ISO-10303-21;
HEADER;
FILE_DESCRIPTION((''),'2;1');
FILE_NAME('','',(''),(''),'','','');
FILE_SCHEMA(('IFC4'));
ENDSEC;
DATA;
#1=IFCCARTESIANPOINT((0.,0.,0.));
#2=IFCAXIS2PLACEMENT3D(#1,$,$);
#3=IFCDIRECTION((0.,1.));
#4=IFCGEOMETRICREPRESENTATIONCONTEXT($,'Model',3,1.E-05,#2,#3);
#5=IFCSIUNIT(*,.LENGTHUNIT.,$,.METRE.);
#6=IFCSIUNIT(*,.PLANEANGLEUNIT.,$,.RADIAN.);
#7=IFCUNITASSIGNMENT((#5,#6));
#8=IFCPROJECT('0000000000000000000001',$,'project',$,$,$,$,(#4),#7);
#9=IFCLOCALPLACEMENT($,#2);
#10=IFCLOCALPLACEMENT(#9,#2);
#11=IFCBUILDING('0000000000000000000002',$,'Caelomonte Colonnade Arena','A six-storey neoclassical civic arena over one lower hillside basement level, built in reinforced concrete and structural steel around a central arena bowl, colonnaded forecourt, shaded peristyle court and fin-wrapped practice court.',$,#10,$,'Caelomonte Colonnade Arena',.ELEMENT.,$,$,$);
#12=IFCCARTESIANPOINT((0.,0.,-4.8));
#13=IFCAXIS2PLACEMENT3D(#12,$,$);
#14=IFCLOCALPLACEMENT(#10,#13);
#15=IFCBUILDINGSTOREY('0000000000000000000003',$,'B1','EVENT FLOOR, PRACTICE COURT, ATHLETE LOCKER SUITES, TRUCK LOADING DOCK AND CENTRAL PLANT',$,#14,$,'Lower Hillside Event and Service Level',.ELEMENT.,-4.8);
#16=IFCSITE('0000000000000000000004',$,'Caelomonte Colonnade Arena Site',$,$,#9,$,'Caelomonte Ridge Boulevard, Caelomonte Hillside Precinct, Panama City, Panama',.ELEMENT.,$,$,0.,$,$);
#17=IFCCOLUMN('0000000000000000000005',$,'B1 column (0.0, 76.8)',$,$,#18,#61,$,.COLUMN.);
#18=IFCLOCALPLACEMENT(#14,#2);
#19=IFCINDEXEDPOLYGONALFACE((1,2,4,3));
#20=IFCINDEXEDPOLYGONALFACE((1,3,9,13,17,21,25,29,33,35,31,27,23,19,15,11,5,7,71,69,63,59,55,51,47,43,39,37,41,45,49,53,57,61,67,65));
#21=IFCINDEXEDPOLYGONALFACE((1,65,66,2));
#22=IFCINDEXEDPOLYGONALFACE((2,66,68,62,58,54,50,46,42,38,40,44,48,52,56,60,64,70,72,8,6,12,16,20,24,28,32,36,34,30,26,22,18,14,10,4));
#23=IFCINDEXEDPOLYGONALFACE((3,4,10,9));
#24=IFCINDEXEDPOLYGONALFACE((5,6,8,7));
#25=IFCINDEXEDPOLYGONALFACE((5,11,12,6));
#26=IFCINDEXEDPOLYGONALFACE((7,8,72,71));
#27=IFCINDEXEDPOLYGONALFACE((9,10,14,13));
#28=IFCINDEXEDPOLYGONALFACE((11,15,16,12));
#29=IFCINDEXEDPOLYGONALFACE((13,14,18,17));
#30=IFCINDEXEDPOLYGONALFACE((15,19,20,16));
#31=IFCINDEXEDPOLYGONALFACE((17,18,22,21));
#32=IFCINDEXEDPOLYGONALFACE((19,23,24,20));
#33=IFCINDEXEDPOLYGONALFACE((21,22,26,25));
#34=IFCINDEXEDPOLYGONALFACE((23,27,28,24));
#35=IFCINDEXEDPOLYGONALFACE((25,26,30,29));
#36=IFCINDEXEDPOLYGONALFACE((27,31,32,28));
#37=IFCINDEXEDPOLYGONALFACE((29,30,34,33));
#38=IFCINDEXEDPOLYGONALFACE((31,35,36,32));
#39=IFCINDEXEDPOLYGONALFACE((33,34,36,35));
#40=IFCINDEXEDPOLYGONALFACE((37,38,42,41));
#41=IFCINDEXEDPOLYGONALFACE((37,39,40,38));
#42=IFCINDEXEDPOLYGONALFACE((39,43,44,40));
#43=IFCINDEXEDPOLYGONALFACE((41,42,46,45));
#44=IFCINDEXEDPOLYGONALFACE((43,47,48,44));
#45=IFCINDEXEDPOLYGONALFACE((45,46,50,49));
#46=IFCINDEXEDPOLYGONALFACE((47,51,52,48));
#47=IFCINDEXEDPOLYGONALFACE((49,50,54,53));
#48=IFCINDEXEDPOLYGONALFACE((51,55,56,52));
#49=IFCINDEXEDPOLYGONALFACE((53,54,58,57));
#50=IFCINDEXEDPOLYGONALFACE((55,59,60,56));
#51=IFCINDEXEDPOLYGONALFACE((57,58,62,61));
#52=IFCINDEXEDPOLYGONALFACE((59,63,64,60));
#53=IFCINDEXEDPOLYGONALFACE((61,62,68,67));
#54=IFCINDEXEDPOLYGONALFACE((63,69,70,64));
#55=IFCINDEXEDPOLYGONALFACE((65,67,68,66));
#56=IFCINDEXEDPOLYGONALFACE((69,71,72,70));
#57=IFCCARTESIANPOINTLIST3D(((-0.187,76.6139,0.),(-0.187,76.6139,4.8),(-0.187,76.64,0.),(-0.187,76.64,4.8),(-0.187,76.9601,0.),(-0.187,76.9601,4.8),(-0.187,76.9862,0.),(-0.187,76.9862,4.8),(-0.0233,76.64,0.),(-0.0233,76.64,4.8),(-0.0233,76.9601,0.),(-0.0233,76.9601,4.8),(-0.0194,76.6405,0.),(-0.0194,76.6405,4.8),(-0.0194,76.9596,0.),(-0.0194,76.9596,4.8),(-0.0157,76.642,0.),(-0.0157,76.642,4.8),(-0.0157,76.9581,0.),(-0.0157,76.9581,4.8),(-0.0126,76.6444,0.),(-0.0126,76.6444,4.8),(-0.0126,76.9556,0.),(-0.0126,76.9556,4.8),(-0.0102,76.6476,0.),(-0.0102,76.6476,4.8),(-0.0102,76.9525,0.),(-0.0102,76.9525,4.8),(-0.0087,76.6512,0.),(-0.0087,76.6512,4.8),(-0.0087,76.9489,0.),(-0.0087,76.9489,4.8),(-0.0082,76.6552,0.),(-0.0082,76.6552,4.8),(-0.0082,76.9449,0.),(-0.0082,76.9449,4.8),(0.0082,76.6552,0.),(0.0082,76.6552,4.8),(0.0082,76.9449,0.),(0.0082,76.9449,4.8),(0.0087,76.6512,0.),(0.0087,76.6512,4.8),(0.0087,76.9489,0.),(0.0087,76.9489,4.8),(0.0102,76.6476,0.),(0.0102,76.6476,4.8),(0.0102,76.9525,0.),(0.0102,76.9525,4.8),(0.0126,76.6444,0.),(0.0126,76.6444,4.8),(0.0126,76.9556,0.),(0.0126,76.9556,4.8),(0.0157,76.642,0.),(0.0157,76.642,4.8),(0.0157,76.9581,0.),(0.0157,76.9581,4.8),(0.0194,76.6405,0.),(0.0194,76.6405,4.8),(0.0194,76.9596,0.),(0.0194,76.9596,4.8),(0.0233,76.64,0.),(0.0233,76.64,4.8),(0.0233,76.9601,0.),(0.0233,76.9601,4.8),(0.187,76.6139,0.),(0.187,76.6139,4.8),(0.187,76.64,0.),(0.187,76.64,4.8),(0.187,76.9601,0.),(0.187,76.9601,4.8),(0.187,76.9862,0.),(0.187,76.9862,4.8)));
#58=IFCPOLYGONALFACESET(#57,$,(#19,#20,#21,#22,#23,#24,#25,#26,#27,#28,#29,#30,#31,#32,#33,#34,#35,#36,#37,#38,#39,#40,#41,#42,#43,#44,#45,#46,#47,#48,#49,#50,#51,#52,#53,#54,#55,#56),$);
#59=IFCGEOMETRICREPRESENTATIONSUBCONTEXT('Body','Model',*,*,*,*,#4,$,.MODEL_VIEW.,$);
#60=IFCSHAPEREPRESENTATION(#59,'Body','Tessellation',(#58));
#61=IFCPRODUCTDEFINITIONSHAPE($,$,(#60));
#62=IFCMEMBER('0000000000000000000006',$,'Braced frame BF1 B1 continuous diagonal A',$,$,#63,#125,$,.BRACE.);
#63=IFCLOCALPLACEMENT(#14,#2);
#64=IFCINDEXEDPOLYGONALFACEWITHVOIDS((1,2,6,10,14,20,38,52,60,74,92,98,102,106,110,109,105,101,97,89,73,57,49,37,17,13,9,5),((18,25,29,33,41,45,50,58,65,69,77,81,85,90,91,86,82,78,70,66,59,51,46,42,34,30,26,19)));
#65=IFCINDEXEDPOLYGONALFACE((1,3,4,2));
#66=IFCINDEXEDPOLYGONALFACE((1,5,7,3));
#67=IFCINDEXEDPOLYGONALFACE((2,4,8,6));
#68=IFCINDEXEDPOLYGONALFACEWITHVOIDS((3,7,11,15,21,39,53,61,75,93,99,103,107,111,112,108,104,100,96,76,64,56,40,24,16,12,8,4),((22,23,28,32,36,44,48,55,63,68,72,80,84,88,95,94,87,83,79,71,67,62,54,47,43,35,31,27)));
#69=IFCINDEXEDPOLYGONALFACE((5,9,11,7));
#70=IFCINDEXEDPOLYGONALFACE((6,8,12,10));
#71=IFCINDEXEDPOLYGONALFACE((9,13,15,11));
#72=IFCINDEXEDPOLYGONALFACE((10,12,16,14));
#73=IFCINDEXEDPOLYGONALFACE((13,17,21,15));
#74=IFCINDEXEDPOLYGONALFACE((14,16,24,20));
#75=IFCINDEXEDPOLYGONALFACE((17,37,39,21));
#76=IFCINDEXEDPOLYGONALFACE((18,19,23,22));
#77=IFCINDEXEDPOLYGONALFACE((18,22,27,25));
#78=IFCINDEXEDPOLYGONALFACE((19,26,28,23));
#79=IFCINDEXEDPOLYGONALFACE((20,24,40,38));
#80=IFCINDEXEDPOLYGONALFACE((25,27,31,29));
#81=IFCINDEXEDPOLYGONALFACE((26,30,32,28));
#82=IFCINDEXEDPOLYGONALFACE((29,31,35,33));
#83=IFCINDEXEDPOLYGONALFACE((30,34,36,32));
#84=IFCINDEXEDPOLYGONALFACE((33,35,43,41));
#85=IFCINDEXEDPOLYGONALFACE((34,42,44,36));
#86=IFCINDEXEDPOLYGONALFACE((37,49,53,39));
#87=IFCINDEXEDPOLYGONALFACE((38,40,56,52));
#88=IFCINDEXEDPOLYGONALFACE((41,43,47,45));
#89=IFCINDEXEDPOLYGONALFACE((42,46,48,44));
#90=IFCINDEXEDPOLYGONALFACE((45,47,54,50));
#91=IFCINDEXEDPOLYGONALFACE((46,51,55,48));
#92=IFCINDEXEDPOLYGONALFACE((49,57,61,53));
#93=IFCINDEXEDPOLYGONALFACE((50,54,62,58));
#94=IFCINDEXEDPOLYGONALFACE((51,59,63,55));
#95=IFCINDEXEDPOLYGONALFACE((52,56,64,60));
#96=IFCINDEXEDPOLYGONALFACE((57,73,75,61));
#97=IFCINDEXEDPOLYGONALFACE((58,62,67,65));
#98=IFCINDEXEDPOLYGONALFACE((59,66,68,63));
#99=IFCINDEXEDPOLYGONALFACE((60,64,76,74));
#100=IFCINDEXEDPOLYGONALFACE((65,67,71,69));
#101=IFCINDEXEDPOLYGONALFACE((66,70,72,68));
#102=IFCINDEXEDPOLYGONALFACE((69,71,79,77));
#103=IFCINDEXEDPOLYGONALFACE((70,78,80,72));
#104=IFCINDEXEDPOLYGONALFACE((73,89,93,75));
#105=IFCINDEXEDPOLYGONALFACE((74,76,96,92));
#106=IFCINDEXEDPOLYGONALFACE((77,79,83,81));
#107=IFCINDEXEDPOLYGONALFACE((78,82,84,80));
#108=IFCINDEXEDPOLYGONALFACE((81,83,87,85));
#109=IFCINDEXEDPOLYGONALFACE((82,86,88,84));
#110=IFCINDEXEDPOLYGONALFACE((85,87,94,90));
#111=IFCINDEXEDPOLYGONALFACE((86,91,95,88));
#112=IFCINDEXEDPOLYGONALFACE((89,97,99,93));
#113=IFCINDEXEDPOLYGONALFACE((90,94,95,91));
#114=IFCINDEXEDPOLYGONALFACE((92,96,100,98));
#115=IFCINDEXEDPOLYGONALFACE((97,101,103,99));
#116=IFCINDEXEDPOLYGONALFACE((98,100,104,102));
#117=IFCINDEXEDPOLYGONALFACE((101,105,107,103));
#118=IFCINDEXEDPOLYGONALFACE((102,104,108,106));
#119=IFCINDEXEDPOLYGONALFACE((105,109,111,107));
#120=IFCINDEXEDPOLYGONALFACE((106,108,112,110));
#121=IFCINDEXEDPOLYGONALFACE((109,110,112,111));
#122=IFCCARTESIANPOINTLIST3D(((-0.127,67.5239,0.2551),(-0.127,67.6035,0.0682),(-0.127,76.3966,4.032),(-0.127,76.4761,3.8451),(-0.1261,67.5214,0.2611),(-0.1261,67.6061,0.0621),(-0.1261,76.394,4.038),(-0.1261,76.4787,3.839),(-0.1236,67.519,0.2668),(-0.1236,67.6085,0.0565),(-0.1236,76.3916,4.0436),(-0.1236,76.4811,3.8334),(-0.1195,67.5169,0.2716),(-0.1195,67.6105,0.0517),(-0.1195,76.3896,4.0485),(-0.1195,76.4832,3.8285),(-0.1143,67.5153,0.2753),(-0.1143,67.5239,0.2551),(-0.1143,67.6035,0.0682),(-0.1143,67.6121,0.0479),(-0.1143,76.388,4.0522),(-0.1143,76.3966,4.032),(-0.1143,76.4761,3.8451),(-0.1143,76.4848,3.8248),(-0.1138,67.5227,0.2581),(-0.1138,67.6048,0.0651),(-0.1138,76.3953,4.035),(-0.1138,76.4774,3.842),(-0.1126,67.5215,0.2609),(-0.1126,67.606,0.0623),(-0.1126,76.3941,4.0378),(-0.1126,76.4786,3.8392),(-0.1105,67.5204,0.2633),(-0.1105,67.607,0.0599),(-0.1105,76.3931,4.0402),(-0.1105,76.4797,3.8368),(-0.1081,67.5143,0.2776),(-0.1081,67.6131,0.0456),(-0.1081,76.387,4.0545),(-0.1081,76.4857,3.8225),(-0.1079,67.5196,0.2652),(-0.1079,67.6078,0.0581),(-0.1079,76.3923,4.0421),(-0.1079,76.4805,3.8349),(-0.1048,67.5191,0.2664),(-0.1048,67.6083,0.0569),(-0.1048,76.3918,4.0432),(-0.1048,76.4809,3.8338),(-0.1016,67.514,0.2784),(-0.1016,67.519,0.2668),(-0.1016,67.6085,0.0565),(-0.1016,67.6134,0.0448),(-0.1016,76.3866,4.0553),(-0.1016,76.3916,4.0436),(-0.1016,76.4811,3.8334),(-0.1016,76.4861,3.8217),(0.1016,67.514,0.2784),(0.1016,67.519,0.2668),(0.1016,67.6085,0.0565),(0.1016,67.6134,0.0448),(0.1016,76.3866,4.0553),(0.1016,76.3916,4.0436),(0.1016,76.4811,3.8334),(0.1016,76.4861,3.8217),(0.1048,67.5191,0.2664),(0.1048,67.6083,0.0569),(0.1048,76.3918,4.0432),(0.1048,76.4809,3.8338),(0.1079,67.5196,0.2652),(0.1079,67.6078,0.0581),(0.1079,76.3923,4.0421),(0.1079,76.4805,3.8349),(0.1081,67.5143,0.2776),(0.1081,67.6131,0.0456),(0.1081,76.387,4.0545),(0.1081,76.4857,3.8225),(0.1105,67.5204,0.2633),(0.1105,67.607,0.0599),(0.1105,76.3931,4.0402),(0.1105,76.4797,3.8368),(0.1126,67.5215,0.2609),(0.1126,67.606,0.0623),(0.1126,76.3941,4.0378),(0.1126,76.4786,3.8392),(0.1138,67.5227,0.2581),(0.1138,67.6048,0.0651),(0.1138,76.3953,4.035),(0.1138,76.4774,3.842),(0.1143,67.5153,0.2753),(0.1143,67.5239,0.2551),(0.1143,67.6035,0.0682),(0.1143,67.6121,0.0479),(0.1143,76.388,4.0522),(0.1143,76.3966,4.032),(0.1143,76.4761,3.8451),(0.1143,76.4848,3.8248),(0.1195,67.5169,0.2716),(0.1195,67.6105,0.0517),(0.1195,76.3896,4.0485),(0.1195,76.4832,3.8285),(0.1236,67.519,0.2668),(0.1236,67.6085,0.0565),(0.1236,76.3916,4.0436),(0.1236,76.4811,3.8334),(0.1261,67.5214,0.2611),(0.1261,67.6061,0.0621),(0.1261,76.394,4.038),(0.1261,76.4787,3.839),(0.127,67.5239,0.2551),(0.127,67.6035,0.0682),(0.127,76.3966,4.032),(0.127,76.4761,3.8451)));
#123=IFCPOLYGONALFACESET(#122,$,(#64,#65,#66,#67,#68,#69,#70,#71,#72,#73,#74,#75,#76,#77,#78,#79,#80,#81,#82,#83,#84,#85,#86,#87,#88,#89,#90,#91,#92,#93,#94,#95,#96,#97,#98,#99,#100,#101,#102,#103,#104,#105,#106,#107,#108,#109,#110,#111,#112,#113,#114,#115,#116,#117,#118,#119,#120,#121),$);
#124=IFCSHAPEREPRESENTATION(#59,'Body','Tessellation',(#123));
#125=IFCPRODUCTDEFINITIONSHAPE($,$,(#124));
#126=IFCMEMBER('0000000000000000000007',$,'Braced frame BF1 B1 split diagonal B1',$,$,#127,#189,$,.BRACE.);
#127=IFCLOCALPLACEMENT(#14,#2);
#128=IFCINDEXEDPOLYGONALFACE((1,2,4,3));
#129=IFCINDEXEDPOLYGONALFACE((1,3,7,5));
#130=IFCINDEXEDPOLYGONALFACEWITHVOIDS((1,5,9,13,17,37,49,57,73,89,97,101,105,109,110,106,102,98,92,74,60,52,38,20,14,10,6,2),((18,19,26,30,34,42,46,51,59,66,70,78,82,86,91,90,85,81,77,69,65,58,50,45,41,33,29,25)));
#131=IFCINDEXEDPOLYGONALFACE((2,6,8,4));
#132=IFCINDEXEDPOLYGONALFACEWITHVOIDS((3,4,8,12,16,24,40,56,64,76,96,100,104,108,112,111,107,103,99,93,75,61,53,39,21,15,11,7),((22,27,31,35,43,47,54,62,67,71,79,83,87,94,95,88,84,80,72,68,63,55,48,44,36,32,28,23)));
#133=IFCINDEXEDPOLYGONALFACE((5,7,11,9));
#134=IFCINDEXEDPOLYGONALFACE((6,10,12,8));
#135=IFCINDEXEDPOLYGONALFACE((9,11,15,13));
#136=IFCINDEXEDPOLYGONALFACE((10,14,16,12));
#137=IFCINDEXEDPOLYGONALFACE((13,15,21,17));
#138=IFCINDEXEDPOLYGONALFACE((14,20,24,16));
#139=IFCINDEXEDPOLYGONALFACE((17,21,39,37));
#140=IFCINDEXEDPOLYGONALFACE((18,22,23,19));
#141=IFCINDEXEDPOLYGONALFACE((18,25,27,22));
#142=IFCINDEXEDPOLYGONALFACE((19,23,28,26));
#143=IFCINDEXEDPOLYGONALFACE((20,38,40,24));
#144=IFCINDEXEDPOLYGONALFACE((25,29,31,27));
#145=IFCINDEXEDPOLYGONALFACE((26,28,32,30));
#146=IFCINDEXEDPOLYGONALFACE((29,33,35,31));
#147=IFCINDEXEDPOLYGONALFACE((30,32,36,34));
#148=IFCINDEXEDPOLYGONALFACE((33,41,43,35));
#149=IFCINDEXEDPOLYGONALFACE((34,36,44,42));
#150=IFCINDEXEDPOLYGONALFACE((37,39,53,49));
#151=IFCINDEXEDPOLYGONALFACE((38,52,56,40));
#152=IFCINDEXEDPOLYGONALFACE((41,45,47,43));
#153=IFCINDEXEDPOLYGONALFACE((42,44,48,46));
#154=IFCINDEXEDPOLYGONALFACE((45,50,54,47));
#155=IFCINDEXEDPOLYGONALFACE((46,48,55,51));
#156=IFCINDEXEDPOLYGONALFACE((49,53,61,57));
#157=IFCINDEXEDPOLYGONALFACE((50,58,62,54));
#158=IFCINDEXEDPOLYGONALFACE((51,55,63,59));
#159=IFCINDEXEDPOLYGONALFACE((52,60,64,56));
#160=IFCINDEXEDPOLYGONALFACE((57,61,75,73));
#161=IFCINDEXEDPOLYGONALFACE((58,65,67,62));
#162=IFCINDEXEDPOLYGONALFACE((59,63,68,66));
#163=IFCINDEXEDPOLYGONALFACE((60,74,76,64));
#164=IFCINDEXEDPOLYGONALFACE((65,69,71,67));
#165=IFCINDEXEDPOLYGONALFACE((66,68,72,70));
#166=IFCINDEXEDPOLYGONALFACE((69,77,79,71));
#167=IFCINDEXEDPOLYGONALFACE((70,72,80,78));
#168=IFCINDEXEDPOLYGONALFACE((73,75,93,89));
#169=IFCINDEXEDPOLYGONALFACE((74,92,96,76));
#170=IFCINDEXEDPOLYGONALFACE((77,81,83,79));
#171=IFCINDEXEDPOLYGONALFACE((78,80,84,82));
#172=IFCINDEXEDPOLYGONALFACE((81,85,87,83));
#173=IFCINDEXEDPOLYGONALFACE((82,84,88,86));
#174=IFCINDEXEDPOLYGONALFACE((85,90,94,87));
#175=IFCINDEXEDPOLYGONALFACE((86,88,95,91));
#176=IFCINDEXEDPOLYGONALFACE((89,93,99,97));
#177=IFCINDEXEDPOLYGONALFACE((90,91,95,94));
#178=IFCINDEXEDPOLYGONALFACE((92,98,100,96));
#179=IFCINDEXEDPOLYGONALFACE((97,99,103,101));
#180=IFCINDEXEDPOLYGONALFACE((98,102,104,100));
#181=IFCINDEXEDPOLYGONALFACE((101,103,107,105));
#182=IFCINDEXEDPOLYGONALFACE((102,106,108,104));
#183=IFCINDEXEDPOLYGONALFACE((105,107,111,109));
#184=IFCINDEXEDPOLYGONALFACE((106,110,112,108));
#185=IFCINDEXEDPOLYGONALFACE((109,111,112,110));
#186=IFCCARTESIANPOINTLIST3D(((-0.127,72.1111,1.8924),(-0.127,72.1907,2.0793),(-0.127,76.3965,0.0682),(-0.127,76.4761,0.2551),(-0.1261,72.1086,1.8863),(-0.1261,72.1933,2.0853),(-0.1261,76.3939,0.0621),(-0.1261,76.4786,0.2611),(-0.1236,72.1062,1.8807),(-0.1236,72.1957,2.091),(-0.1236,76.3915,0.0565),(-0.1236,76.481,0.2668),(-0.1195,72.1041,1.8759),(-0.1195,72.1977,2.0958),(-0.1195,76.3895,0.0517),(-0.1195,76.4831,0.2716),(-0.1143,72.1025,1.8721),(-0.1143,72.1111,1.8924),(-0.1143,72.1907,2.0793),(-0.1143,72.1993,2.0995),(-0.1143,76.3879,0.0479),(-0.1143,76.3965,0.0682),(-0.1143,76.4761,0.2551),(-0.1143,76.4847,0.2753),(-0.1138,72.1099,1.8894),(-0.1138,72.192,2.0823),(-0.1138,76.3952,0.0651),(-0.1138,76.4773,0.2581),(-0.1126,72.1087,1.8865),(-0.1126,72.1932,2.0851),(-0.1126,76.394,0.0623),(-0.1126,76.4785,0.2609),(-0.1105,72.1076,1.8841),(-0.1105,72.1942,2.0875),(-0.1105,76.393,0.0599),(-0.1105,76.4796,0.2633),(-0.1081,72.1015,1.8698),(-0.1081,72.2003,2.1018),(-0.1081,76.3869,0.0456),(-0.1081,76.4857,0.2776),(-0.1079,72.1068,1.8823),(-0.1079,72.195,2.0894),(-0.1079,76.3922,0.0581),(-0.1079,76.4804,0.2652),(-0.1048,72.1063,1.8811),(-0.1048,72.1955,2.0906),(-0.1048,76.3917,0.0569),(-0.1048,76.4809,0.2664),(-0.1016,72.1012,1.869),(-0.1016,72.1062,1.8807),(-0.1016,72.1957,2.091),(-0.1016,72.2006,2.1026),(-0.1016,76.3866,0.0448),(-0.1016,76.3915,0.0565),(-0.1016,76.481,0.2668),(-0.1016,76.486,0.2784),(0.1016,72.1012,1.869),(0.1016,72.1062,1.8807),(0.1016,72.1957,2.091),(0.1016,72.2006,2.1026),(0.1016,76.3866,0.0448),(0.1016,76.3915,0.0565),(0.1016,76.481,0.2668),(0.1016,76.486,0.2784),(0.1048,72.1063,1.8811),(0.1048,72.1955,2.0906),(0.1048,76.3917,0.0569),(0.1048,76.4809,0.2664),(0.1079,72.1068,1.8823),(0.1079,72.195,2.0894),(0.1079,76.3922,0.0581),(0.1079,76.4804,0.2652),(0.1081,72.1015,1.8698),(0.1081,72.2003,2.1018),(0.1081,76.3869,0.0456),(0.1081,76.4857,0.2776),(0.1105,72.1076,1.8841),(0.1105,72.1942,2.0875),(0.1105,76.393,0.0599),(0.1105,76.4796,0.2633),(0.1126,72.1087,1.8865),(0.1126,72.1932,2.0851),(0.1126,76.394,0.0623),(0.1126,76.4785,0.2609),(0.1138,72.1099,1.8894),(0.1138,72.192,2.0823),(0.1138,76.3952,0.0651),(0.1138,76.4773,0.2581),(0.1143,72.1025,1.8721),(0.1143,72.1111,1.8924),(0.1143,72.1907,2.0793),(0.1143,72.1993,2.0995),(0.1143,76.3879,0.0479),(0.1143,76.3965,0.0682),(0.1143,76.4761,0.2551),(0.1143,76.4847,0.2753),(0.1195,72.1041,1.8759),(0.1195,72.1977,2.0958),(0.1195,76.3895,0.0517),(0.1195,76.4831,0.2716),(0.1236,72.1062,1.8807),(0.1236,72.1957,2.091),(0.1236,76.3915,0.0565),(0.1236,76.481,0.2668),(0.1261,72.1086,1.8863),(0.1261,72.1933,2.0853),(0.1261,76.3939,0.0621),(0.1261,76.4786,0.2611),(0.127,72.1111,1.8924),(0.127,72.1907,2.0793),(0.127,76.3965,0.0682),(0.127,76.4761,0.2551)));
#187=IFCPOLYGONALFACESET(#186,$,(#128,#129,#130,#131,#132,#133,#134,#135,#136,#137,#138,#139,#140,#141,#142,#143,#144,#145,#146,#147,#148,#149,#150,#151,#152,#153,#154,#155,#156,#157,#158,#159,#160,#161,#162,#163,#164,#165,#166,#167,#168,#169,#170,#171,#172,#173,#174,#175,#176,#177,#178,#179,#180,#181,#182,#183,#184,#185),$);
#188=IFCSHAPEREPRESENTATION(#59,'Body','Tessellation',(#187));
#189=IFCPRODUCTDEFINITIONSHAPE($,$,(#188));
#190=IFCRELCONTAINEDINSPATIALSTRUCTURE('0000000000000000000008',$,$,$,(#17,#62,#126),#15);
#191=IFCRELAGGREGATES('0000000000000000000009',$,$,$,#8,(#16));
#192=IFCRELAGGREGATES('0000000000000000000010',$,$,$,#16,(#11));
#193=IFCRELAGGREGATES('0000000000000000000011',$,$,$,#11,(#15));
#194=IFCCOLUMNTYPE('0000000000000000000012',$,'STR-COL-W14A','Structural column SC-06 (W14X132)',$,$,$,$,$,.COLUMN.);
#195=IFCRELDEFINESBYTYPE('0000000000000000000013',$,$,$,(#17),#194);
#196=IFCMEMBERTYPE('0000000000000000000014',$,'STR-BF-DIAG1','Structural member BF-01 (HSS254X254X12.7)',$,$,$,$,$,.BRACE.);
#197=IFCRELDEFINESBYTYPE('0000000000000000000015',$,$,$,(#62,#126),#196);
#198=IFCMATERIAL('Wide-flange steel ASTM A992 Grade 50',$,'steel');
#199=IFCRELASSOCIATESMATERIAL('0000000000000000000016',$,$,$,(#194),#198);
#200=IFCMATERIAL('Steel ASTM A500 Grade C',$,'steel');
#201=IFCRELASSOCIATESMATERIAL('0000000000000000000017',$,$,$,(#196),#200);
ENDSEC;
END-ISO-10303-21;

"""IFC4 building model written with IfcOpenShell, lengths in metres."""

from ifc_helpers import new_model, si_unit, direction, frame, origin, origin_2d, place, context, subcontext, project, spatial, hollow_rectangle, i_section, extrude, material, material_profile, profile_set, type_object, element, save


model = new_model("IFC4")

# Units and contexts
model_context = context("Model", 3, precision=1e-05, world=origin(), true_north=direction((0.0, 1.0)))
body_context = subcontext(model_context, "Body", "Model", "MODEL_VIEW")
ifc_project = project(units=[si_unit("LENGTHUNIT", "METRE"), si_unit("PLANEANGLEUNIT", "RADIAN")], contexts=[model_context])

# Site, building, storey
site_placement = place(None, origin())
site = spatial("IfcSite", under=ifc_project, at=site_placement, Name="Caelomonte Colonnade Arena Site", LongName="Caelomonte Ridge Boulevard, Caelomonte Hillside Precinct, Panama City, Panama", CompositionType="ELEMENT", RefElevation=0.0)
building_placement = place(site_placement, origin())
building = spatial("IfcBuilding", under=site, at=building_placement, Name="Caelomonte Colonnade Arena", Description="A six-storey neoclassical civic arena over one lower hillside basement level, built in reinforced concrete and structural steel around a central arena bowl, colonnaded forecourt, shaded peristyle court and fin-wrapped practice court.", LongName="Caelomonte Colonnade Arena", CompositionType="ELEMENT")
storey_placement = place(building_placement, frame((0.0, 0.0, -4.8)))
storey = spatial("IfcBuildingStorey", under=building, at=storey_placement, Name="B1", Description="EVENT FLOOR, PRACTICE COURT, ATHLETE LOCKER SUITES, TRUCK LOADING DOCK AND CENTRAL PLANT", LongName="Lower Hillside Event and Service Level", CompositionType="ELEMENT", Elevation=-4.8)

# Column
ifc_material_1 = material(Name="Wide-flange steel ASTM A992 Grade 50", Category="steel")
ifc_material_profile_1 = material_profile(ifc_material_1, i_section(OverallWidth=0.374, OverallDepth=0.3723, WebThickness=0.0164, FlangeThickness=0.0261, FilletRadius=0.0151, at=origin_2d()), Name="W14X132")
ifc_profile_set_1 = profile_set([ifc_material_profile_1], Name="Wide-flange steel ASTM A992 Grade 50")
column_type_1 = type_object("IfcColumnType", Name="STR-COL-W14A", Description="Structural column SC-06 (W14X132)", PredefinedType="COLUMN", material=ifc_profile_set_1)
column_1_placement = place(storey_placement, frame((0.0, 76.8, 0.0), z_axis=(0.0, 0.0, 1.0), x_axis=(1.0, 0.0, 0.0)))
element("IfcColumn", 1, at=column_1_placement, inside=storey, type_object=column_type_1, Name="B1 column (0.0, 76.8)", PredefinedType="COLUMN", context=body_context, shape_type="SweptSolid", body=[
    extrude(i_section(OverallWidth=0.374, OverallDepth=0.3723, WebThickness=0.0164, FlangeThickness=0.0261, FilletRadius=0.0151, at=origin_2d()), origin(), (0.0, 0.0, 1.0), 4.8),
])

# Members
ifc_material_2 = material(Name="Steel ASTM A500 Grade C", Category="steel")
ifc_material_profile_2 = material_profile(ifc_material_2, hollow_rectangle(XDim=0.2539, YDim=0.2539, WallThickness=0.0127, InnerFilletRadius=0.0127, OuterFilletRadius=0.0254, at=origin_2d()), Name="HSS254X254X12.7")
ifc_profile_set_2 = profile_set([ifc_material_profile_2], Name="Steel ASTM A500 Grade C")
member_type = type_object("IfcMemberType", Name="STR-BF-DIAG1", Description="Structural member BF-01 (HSS254X254X12.7)", PredefinedType="BRACE", material=ifc_profile_set_2)
member_1_placement = place(storey_placement, frame((0.0, 67.5637, 0.1616), z_axis=(0.0, 0.920106, 0.391669), x_axis=(-1.0, 0.0, 0.0)))
element("IfcMember", 2, at=member_1_placement, inside=storey, type_object=member_type, Name="Braced frame BF1 B1 continuous diagonal A", PredefinedType="BRACE", context=body_context, shape_type="SweptSolid", body=[
    extrude(hollow_rectangle(XDim=0.2539, YDim=0.2539, WallThickness=0.0127, InnerFilletRadius=0.0127, OuterFilletRadius=0.0254, at=origin_2d()), origin(), (0.0, 0.0, 1.0), 9.6431),
])
for number, where, z_axis, x_axis, name in (
    (3, (0.0, 76.4363, 0.1616), (0.0, -0.920105, 0.391672), (1.0, 0.0, 0.0), "Braced frame BF1 B1 split diagonal B1"),
):
    element("IfcMember", number, at=place(storey_placement, frame(where, z_axis=z_axis, x_axis=x_axis)), inside=storey, type_object=member_type, Name=name, PredefinedType="BRACE", context=body_context, shape_type="SweptSolid", body=[
        extrude(hollow_rectangle(XDim=0.2539, YDim=0.2539, WallThickness=0.0127, InnerFilletRadius=0.0127, OuterFilletRadius=0.0254, at=origin_2d()), origin(), (0.0, 0.0, 1.0), 4.6575),
    ])

save(model, "model.ifc")
